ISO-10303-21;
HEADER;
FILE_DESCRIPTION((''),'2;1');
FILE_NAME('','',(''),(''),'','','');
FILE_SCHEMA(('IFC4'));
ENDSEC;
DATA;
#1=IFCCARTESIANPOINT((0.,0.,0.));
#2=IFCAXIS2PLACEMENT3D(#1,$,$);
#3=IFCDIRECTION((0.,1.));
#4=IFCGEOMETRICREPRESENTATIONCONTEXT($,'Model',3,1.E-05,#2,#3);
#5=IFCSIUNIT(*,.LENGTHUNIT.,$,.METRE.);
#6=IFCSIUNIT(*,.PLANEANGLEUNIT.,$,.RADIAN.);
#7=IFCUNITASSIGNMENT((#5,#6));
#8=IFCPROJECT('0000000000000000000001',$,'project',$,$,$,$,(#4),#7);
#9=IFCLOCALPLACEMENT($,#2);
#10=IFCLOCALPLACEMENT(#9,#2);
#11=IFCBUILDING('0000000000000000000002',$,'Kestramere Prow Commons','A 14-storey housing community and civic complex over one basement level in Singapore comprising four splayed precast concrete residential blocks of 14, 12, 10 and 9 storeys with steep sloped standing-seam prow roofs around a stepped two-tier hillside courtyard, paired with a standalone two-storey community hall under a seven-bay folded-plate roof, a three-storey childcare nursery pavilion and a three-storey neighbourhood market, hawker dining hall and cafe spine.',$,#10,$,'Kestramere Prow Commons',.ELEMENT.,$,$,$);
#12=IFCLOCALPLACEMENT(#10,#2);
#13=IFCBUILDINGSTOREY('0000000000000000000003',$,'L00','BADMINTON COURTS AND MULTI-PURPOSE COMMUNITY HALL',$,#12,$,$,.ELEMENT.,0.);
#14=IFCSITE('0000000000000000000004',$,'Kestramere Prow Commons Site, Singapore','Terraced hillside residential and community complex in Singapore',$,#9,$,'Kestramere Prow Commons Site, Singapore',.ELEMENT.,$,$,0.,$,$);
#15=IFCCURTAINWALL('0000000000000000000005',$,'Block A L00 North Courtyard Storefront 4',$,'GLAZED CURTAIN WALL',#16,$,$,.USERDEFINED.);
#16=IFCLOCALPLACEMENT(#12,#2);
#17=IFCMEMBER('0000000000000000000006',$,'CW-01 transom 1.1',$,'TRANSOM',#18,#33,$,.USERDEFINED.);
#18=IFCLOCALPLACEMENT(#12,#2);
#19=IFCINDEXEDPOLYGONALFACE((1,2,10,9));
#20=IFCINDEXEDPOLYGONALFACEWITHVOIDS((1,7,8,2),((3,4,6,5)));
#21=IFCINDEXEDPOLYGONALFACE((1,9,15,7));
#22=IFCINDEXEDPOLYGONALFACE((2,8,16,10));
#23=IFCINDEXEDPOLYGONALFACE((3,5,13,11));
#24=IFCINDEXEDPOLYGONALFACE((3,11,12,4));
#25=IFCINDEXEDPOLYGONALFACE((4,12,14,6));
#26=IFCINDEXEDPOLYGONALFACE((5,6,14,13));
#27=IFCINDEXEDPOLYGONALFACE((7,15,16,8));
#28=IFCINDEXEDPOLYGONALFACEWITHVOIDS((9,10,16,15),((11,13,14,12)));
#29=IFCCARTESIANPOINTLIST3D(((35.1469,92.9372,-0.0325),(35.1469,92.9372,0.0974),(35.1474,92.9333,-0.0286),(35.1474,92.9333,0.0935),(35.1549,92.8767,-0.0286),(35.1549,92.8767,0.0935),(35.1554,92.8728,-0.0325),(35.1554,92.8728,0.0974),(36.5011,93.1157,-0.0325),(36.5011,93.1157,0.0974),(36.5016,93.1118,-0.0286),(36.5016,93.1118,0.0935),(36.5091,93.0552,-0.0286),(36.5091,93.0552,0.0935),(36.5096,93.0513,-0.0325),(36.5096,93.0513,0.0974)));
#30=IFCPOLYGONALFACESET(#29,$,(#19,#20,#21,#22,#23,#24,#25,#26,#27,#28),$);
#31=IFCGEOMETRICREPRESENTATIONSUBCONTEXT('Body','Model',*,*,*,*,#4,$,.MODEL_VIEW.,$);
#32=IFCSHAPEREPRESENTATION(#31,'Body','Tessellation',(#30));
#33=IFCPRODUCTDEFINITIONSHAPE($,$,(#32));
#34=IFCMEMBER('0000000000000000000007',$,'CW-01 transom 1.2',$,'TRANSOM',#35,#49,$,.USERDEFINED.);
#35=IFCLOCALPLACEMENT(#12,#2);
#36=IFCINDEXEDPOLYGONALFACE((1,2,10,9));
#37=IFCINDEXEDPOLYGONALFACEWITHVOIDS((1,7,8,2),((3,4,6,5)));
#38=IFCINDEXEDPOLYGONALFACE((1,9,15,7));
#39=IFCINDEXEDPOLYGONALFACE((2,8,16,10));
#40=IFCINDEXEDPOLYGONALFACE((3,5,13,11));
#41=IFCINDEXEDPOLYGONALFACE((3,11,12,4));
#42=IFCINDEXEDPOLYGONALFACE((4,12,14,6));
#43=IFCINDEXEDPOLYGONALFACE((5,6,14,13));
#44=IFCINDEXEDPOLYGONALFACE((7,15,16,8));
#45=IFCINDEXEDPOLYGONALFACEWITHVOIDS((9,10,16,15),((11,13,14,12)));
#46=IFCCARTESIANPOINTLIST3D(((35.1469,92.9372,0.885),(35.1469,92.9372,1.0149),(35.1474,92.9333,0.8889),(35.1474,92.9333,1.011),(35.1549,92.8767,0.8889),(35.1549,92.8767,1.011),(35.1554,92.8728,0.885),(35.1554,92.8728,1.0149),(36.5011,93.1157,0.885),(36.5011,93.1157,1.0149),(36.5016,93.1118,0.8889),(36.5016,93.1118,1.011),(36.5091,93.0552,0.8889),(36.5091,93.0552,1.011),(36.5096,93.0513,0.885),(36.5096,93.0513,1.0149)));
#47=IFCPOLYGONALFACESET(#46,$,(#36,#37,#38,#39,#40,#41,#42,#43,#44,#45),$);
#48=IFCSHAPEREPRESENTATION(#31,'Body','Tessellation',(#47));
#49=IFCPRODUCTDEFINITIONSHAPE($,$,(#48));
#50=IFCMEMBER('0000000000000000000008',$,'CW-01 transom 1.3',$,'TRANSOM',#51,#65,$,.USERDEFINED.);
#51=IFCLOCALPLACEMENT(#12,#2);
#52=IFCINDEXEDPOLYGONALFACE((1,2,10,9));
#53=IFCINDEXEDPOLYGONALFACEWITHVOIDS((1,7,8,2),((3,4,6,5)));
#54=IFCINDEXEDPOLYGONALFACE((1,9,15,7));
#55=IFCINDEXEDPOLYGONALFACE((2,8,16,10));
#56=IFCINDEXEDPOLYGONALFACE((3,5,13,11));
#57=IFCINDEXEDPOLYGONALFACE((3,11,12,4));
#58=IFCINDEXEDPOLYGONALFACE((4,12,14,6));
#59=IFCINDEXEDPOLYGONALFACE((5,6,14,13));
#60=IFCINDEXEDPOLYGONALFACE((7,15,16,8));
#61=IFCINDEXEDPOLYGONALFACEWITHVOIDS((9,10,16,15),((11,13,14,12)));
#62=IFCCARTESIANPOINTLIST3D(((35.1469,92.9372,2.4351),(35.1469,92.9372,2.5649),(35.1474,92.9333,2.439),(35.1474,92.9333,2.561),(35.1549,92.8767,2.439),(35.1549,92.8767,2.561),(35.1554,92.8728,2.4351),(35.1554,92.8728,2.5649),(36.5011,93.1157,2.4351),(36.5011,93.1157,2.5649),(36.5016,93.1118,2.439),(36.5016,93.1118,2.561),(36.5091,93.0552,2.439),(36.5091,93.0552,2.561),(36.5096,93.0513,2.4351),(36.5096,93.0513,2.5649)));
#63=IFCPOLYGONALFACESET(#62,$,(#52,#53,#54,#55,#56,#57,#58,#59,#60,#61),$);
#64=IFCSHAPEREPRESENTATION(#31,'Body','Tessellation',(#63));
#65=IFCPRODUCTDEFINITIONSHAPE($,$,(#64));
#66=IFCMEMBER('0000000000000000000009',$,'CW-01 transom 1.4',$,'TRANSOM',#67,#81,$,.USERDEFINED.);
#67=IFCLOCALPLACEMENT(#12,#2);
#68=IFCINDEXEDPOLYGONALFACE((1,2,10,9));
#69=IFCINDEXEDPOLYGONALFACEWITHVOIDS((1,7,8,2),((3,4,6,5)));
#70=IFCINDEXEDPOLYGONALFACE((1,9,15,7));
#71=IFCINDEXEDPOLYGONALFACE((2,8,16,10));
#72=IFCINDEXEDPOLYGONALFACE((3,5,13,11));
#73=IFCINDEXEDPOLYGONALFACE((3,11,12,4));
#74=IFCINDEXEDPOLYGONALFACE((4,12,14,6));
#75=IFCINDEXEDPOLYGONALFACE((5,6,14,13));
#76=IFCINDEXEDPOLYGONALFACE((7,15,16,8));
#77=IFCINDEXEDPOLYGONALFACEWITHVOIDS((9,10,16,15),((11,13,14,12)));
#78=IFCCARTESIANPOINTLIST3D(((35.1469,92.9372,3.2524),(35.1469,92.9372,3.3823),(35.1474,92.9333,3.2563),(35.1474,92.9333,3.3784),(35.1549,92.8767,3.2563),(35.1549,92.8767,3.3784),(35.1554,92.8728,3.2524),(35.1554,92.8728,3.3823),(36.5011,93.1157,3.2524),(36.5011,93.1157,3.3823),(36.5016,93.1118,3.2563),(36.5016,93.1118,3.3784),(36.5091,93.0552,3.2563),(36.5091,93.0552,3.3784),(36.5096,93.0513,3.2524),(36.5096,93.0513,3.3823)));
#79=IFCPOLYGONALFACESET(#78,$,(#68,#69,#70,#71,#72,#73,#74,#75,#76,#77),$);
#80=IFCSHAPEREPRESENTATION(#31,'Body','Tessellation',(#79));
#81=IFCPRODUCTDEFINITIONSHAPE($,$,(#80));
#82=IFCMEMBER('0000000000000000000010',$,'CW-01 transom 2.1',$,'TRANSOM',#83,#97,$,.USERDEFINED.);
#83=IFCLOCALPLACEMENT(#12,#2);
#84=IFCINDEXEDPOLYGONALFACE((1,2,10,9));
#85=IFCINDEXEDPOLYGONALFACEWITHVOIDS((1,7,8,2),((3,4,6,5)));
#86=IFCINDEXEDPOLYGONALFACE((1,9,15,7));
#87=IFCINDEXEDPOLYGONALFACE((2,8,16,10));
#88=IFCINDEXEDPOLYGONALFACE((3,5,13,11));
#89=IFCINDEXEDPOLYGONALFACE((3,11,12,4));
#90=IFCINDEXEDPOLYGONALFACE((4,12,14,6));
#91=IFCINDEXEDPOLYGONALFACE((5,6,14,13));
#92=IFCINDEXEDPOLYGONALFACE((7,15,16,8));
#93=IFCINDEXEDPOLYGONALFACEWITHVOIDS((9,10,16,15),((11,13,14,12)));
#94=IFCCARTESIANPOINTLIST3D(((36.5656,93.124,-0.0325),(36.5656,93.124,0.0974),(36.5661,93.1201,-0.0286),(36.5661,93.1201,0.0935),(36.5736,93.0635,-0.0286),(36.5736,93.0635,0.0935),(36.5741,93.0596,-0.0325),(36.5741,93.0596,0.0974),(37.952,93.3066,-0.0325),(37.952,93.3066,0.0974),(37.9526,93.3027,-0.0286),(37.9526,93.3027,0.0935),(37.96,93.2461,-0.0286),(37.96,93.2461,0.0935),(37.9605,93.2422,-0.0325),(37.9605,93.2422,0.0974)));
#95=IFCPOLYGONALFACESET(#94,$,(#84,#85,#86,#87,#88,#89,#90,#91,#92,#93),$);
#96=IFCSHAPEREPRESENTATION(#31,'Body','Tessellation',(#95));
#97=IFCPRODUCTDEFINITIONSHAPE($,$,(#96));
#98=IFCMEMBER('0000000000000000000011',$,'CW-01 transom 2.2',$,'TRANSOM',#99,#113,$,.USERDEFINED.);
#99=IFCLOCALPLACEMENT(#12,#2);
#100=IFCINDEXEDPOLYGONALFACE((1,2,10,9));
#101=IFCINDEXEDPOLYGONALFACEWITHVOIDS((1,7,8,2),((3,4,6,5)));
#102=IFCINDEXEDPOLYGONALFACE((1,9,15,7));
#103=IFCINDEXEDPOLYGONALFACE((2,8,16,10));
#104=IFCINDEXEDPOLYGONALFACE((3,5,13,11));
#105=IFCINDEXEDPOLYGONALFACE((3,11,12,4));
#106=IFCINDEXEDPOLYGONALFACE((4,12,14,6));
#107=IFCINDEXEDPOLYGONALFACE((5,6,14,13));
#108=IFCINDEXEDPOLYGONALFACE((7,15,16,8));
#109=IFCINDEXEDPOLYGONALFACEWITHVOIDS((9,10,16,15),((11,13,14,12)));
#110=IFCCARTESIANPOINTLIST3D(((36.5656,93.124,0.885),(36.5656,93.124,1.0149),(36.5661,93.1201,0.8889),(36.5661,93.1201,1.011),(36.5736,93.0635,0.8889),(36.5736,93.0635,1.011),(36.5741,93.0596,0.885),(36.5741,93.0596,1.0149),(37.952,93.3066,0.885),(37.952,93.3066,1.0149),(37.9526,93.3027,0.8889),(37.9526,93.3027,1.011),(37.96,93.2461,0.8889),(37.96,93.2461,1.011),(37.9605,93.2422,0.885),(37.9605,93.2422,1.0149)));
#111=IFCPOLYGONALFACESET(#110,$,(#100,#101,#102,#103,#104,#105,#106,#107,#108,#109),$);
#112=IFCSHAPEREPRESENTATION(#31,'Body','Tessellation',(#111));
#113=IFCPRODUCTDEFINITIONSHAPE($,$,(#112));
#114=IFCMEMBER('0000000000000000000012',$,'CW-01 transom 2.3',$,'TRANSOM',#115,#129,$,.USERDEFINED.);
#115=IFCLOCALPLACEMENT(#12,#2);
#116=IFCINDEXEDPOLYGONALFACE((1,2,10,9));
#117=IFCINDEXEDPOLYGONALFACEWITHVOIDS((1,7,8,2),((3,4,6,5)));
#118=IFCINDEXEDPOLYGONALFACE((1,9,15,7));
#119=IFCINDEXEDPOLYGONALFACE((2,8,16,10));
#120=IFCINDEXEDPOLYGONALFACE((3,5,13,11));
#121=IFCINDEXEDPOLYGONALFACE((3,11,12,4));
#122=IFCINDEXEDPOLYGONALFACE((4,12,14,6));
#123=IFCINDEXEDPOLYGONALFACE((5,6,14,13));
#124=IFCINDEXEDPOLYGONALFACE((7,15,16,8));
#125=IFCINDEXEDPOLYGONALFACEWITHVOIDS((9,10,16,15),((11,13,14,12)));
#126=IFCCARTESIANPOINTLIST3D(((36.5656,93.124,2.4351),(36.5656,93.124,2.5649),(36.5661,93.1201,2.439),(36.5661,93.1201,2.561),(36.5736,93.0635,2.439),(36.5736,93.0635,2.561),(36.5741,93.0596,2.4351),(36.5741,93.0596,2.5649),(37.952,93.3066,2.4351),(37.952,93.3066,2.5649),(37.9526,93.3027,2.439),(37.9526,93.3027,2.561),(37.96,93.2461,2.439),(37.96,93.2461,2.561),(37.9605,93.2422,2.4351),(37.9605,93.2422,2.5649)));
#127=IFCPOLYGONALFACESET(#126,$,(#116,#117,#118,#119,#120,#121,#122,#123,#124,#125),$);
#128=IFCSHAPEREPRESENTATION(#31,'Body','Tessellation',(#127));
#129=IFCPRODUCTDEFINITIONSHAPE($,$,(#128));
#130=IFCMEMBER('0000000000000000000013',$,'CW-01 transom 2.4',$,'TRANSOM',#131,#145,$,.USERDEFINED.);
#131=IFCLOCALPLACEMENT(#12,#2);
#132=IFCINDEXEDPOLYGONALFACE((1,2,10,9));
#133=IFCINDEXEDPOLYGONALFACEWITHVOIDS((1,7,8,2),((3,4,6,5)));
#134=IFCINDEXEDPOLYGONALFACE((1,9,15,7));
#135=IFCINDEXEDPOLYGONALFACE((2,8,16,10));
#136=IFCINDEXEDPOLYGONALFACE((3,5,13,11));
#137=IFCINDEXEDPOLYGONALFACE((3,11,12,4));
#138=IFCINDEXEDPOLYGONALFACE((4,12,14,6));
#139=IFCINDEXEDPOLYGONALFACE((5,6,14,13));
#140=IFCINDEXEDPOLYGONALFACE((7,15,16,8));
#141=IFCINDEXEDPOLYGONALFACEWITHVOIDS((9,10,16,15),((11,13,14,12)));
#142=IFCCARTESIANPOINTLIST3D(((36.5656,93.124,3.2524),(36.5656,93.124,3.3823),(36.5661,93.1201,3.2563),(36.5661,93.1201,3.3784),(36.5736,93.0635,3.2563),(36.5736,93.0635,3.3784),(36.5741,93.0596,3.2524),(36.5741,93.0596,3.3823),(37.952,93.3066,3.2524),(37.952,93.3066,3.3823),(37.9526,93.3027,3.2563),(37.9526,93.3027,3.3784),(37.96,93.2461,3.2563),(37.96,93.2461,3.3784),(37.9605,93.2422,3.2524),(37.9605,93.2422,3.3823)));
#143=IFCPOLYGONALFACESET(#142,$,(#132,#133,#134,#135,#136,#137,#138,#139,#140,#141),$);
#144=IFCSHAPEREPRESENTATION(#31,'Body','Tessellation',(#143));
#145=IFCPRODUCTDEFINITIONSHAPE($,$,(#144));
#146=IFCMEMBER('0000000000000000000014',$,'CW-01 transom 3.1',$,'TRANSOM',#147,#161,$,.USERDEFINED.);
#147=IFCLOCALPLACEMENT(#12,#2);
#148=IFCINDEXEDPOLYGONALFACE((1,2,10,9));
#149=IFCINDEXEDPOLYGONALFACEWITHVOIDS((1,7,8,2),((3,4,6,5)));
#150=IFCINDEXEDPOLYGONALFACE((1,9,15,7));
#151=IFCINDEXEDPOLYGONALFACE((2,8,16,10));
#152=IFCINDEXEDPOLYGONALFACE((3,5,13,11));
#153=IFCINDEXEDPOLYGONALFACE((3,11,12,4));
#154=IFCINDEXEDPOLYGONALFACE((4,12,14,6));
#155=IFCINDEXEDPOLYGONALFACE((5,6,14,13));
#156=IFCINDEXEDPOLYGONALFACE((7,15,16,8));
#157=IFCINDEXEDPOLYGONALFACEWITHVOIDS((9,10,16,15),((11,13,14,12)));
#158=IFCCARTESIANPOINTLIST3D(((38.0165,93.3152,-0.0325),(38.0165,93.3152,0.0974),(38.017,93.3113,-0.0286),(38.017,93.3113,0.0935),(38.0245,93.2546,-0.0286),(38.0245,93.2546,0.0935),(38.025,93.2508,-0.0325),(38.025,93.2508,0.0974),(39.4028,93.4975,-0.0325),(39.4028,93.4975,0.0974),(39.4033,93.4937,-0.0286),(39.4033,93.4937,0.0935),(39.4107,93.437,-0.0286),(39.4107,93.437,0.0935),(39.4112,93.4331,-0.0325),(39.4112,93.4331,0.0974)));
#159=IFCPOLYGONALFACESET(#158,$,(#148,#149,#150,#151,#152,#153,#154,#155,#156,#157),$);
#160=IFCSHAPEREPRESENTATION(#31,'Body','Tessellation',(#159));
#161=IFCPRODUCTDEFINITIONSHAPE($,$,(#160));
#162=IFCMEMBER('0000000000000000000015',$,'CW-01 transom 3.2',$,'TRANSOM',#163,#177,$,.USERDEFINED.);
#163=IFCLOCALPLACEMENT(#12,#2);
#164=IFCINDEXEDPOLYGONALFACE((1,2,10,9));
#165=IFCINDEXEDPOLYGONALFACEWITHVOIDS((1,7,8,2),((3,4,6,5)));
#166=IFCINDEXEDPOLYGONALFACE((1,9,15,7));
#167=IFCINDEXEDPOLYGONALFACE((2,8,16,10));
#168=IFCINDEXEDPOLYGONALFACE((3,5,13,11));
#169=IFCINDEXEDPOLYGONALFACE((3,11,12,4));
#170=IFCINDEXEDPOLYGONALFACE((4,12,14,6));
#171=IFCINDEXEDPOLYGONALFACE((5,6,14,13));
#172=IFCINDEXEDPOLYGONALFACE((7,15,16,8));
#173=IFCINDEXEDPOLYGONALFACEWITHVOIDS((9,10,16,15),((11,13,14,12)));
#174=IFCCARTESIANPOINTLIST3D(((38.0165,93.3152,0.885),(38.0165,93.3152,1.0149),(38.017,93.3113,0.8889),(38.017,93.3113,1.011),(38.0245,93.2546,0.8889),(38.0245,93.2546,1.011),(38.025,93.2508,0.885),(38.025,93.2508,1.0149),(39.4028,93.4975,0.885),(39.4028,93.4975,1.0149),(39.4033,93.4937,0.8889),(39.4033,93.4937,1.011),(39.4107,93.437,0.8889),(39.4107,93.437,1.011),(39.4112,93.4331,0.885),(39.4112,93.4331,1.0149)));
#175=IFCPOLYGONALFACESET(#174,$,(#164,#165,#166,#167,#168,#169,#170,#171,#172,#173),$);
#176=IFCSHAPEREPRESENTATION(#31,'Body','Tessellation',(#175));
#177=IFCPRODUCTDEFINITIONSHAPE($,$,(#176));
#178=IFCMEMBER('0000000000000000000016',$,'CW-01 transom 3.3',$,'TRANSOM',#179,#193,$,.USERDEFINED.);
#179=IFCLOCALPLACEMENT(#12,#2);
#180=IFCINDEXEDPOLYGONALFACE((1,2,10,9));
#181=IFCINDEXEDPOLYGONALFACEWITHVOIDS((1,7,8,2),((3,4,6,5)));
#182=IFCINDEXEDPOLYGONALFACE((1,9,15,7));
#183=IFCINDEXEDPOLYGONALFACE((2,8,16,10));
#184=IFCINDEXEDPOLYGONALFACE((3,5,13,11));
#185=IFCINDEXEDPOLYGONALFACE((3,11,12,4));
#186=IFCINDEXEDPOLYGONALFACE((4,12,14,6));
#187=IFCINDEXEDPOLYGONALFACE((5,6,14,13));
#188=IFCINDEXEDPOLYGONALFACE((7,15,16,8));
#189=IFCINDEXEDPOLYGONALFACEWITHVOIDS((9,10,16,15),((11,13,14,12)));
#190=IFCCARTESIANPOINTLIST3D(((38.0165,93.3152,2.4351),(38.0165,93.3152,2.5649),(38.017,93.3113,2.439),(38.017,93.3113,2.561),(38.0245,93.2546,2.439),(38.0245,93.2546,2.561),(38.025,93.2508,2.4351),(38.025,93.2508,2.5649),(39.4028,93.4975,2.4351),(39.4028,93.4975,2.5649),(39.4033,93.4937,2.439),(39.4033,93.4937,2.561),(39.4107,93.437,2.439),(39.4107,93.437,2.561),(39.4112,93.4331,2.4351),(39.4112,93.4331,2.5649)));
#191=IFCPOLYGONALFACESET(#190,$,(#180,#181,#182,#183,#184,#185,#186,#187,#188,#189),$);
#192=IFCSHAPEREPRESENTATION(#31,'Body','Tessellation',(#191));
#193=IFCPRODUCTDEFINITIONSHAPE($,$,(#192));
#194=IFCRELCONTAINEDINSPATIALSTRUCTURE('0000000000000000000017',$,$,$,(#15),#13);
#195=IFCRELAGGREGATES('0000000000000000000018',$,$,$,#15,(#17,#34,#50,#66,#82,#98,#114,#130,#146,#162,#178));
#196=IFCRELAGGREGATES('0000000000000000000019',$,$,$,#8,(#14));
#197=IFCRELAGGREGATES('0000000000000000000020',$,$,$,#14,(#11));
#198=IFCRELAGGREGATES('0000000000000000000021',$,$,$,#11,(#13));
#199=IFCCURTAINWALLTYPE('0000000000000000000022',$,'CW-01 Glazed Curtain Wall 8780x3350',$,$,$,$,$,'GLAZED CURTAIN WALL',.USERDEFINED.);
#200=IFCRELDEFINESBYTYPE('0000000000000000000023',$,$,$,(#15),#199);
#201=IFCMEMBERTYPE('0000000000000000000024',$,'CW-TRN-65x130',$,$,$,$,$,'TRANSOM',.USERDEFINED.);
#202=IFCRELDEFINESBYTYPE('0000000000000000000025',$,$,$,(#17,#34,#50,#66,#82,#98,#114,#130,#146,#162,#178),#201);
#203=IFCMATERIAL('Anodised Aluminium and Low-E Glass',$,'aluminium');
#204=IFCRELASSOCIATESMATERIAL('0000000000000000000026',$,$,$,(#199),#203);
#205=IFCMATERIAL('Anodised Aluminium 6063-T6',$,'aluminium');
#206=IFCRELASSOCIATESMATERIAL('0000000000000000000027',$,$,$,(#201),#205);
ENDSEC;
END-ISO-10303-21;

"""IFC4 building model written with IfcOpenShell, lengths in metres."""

from ifc_helpers import new_model, si_unit, direction, frame, origin, origin_2d, place, context, subcontext, project, spatial, hollow_rectangle, extrude, material, material_profile, profile_set, type_object, element, aggregate, save


model = new_model("IFC4")

# Units and contexts
model_context = context("Model", 3, precision=1e-05, world=origin(), true_north=direction((0.0, 1.0)))
body_context = subcontext(model_context, "Body", "Model", "MODEL_VIEW")
ifc_project = project(units=[si_unit("LENGTHUNIT", "METRE"), si_unit("PLANEANGLEUNIT", "RADIAN")], contexts=[model_context])

# Site, building, storey
site_placement = place(None, origin())
site = spatial("IfcSite", under=ifc_project, at=site_placement, Name="Kestramere Prow Commons Site, Singapore", Description="Terraced hillside residential and community complex in Singapore", LongName="Kestramere Prow Commons Site, Singapore", CompositionType="ELEMENT", RefElevation=0.0)
building_placement = place(site_placement, origin())
building = spatial("IfcBuilding", under=site, at=building_placement, Name="Kestramere Prow Commons", Description="A 14-storey housing community and civic complex over one basement level in Singapore comprising four splayed precast concrete residential blocks of 14, 12, 10 and 9 storeys with steep sloped standing-seam prow roofs around a stepped two-tier hillside courtyard, paired with a standalone two-storey community hall under a seven-bay folded-plate roof, a three-storey childcare nursery pavilion and a three-storey neighbourhood market, hawker dining hall and cafe spine.", LongName="Kestramere Prow Commons", CompositionType="ELEMENT")
storey_placement = place(building_placement, origin())
storey = spatial("IfcBuildingStorey", under=building, at=storey_placement, Name="L00", Description="BADMINTON COURTS AND MULTI-PURPOSE COMMUNITY HALL", CompositionType="ELEMENT", Elevation=0.0)

# Curtain wall, members
ifc_material_1 = material(Name="Anodised Aluminium and Low-E Glass", Category="aluminium")
curtain_wall_type = type_object("IfcCurtainWallType", Name="CW-01 Glazed Curtain Wall 8780x3350", ElementType="GLAZED CURTAIN WALL", PredefinedType="USERDEFINED", material=ifc_material_1)
curtain_wall_placement = place(storey_placement, origin())
curtain_wall = element("IfcCurtainWall", 1, at=curtain_wall_placement, inside=storey, type_object=curtain_wall_type, Name="Block A L00 North Courtyard Storefront 4", ObjectType="GLAZED CURTAIN WALL", PredefinedType="USERDEFINED")
ifc_material_2 = material(Name="Anodised Aluminium 6063-T6", Category="aluminium")
ifc_material_profile_1 = material_profile(ifc_material_2, hollow_rectangle(XDim=0.0649, YDim=0.1299, WallThickness=0.0039, at=origin_2d()), Name="ALU-TRN 65x130")
ifc_profile_set_1 = profile_set([ifc_material_profile_1], Name="Anodised Aluminium 6063-T6")
member_type_1 = type_object("IfcMemberType", Name="CW-TRN-65x130", ElementType="TRANSOM", PredefinedType="USERDEFINED", material=ifc_profile_set_1)
member_1_placement = place(storey_placement, frame((35.1511, 92.905, 0.0325), z_axis=(0.991428, 0.130653, 0.0), x_axis=(-0.130653, 0.991428, 0.0)))
member_1 = element("IfcMember", 2, at=member_1_placement, type_object=member_type_1, Name="CW-01 transom 1.1", ObjectType="TRANSOM", PredefinedType="USERDEFINED", context=body_context, shape_type="SweptSolid", body=[
    extrude(hollow_rectangle(XDim=0.0649, YDim=0.1299, WallThickness=0.0039, at=origin_2d()), origin(), (0.0, 0.0, 1.0), 1.366),
])
member_2_placement = place(storey_placement, frame((35.1511, 92.905, 0.95), z_axis=(0.991428, 0.130653, 0.0), x_axis=(-0.130653, 0.991428, 0.0)))
member_2 = element("IfcMember", 3, at=member_2_placement, type_object=member_type_1, Name="CW-01 transom 1.2", ObjectType="TRANSOM", PredefinedType="USERDEFINED", context=body_context, shape_type="SweptSolid", body=[
    extrude(hollow_rectangle(XDim=0.0649, YDim=0.1299, WallThickness=0.0039, at=origin_2d()), origin(), (0.0, 0.0, 1.0), 1.366),
])
member_3_placement = place(storey_placement, frame((35.1511, 92.905, 2.5), z_axis=(0.991428, 0.130653, 0.0), x_axis=(-0.130653, 0.991428, 0.0)))
member_3 = element("IfcMember", 4, at=member_3_placement, type_object=member_type_1, Name="CW-01 transom 1.3", ObjectType="TRANSOM", PredefinedType="USERDEFINED", context=body_context, shape_type="SweptSolid", body=[
    extrude(hollow_rectangle(XDim=0.0649, YDim=0.1299, WallThickness=0.0039, at=origin_2d()), origin(), (0.0, 0.0, 1.0), 1.366),
])
member_4_placement = place(storey_placement, frame((35.1511, 92.905, 3.3174), z_axis=(0.991428, 0.130653, 0.0), x_axis=(-0.130653, 0.991428, 0.0)))
member_4 = element("IfcMember", 5, at=member_4_placement, type_object=member_type_1, Name="CW-01 transom 1.4", ObjectType="TRANSOM", PredefinedType="USERDEFINED", context=body_context, shape_type="SweptSolid", body=[
    extrude(hollow_rectangle(XDim=0.0649, YDim=0.1299, WallThickness=0.0039, at=origin_2d()), origin(), (0.0, 0.0, 1.0), 1.366),
])
member_5_placement = place(storey_placement, frame((36.5698, 93.0918, 0.0325), z_axis=(0.991437, 0.130585, 0.0), x_axis=(-0.130585, 0.991437, 0.0)))
member_5 = element("IfcMember", 6, at=member_5_placement, type_object=member_type_1, Name="CW-01 transom 2.1", ObjectType="TRANSOM", PredefinedType="USERDEFINED", context=body_context, shape_type="SweptSolid", body=[
    extrude(hollow_rectangle(XDim=0.0649, YDim=0.1299, WallThickness=0.0039, at=origin_2d()), origin(), (0.0, 0.0, 1.0), 1.3984),
])
member_6_placement = place(storey_placement, frame((36.5698, 93.0918, 0.95), z_axis=(0.991437, 0.130585, 0.0), x_axis=(-0.130585, 0.991437, 0.0)))
member_6 = element("IfcMember", 7, at=member_6_placement, type_object=member_type_1, Name="CW-01 transom 2.2", ObjectType="TRANSOM", PredefinedType="USERDEFINED", context=body_context, shape_type="SweptSolid", body=[
    extrude(hollow_rectangle(XDim=0.0649, YDim=0.1299, WallThickness=0.0039, at=origin_2d()), origin(), (0.0, 0.0, 1.0), 1.3984),
])
member_7_placement = place(storey_placement, frame((36.5698, 93.0918, 2.5), z_axis=(0.991437, 0.130585, 0.0), x_axis=(-0.130585, 0.991437, 0.0)))
member_7 = element("IfcMember", 8, at=member_7_placement, type_object=member_type_1, Name="CW-01 transom 2.3", ObjectType="TRANSOM", PredefinedType="USERDEFINED", context=body_context, shape_type="SweptSolid", body=[
    extrude(hollow_rectangle(XDim=0.0649, YDim=0.1299, WallThickness=0.0039, at=origin_2d()), origin(), (0.0, 0.0, 1.0), 1.3984),
])
member_8_placement = place(storey_placement, frame((36.5698, 93.0918, 3.3174), z_axis=(0.991437, 0.130585, 0.0), x_axis=(-0.130585, 0.991437, 0.0)))
member_8 = element("IfcMember", 9, at=member_8_placement, type_object=member_type_1, Name="CW-01 transom 2.4", ObjectType="TRANSOM", PredefinedType="USERDEFINED", context=body_context, shape_type="SweptSolid", body=[
    extrude(hollow_rectangle(XDim=0.0649, YDim=0.1299, WallThickness=0.0039, at=origin_2d()), origin(), (0.0, 0.0, 1.0), 1.3984),
])
member_9_placement = place(storey_placement, frame((38.0208, 93.283, 0.0325), z_axis=(0.991457, 0.130436, 0.0), x_axis=(-0.130436, 0.991457, 0.0)))
member_9 = element("IfcMember", 10, at=member_9_placement, type_object=member_type_1, Name="CW-01 transom 3.1", ObjectType="TRANSOM", PredefinedType="USERDEFINED", context=body_context, shape_type="SweptSolid", body=[
    extrude(hollow_rectangle(XDim=0.0649, YDim=0.1299, WallThickness=0.0039, at=origin_2d()), origin(), (0.0, 0.0, 1.0), 1.3982),
])
member_10_placement = place(storey_placement, frame((38.0208, 93.283, 0.95), z_axis=(0.991457, 0.130436, 0.0), x_axis=(-0.130436, 0.991457, 0.0)))
member_10 = element("IfcMember", 11, at=member_10_placement, type_object=member_type_1, Name="CW-01 transom 3.2", ObjectType="TRANSOM", PredefinedType="USERDEFINED", context=body_context, shape_type="SweptSolid", body=[
    extrude(hollow_rectangle(XDim=0.0649, YDim=0.1299, WallThickness=0.0039, at=origin_2d()), origin(), (0.0, 0.0, 1.0), 1.3982),
])
member_11_placement = place(storey_placement, frame((38.0208, 93.283, 2.5), z_axis=(0.991457, 0.130436, 0.0), x_axis=(-0.130436, 0.991457, 0.0)))
member_11 = element("IfcMember", 12, at=member_11_placement, type_object=member_type_1, Name="CW-01 transom 3.3", ObjectType="TRANSOM", PredefinedType="USERDEFINED", context=body_context, shape_type="SweptSolid", body=[
    extrude(hollow_rectangle(XDim=0.0649, YDim=0.1299, WallThickness=0.0039, at=origin_2d()), origin(), (0.0, 0.0, 1.0), 1.3982),
])

aggregate(curtain_wall, [member_1, member_2, member_3, member_4, member_5, member_6, member_7, member_8, member_9, member_10, member_11])

save(model, "model.ifc")
